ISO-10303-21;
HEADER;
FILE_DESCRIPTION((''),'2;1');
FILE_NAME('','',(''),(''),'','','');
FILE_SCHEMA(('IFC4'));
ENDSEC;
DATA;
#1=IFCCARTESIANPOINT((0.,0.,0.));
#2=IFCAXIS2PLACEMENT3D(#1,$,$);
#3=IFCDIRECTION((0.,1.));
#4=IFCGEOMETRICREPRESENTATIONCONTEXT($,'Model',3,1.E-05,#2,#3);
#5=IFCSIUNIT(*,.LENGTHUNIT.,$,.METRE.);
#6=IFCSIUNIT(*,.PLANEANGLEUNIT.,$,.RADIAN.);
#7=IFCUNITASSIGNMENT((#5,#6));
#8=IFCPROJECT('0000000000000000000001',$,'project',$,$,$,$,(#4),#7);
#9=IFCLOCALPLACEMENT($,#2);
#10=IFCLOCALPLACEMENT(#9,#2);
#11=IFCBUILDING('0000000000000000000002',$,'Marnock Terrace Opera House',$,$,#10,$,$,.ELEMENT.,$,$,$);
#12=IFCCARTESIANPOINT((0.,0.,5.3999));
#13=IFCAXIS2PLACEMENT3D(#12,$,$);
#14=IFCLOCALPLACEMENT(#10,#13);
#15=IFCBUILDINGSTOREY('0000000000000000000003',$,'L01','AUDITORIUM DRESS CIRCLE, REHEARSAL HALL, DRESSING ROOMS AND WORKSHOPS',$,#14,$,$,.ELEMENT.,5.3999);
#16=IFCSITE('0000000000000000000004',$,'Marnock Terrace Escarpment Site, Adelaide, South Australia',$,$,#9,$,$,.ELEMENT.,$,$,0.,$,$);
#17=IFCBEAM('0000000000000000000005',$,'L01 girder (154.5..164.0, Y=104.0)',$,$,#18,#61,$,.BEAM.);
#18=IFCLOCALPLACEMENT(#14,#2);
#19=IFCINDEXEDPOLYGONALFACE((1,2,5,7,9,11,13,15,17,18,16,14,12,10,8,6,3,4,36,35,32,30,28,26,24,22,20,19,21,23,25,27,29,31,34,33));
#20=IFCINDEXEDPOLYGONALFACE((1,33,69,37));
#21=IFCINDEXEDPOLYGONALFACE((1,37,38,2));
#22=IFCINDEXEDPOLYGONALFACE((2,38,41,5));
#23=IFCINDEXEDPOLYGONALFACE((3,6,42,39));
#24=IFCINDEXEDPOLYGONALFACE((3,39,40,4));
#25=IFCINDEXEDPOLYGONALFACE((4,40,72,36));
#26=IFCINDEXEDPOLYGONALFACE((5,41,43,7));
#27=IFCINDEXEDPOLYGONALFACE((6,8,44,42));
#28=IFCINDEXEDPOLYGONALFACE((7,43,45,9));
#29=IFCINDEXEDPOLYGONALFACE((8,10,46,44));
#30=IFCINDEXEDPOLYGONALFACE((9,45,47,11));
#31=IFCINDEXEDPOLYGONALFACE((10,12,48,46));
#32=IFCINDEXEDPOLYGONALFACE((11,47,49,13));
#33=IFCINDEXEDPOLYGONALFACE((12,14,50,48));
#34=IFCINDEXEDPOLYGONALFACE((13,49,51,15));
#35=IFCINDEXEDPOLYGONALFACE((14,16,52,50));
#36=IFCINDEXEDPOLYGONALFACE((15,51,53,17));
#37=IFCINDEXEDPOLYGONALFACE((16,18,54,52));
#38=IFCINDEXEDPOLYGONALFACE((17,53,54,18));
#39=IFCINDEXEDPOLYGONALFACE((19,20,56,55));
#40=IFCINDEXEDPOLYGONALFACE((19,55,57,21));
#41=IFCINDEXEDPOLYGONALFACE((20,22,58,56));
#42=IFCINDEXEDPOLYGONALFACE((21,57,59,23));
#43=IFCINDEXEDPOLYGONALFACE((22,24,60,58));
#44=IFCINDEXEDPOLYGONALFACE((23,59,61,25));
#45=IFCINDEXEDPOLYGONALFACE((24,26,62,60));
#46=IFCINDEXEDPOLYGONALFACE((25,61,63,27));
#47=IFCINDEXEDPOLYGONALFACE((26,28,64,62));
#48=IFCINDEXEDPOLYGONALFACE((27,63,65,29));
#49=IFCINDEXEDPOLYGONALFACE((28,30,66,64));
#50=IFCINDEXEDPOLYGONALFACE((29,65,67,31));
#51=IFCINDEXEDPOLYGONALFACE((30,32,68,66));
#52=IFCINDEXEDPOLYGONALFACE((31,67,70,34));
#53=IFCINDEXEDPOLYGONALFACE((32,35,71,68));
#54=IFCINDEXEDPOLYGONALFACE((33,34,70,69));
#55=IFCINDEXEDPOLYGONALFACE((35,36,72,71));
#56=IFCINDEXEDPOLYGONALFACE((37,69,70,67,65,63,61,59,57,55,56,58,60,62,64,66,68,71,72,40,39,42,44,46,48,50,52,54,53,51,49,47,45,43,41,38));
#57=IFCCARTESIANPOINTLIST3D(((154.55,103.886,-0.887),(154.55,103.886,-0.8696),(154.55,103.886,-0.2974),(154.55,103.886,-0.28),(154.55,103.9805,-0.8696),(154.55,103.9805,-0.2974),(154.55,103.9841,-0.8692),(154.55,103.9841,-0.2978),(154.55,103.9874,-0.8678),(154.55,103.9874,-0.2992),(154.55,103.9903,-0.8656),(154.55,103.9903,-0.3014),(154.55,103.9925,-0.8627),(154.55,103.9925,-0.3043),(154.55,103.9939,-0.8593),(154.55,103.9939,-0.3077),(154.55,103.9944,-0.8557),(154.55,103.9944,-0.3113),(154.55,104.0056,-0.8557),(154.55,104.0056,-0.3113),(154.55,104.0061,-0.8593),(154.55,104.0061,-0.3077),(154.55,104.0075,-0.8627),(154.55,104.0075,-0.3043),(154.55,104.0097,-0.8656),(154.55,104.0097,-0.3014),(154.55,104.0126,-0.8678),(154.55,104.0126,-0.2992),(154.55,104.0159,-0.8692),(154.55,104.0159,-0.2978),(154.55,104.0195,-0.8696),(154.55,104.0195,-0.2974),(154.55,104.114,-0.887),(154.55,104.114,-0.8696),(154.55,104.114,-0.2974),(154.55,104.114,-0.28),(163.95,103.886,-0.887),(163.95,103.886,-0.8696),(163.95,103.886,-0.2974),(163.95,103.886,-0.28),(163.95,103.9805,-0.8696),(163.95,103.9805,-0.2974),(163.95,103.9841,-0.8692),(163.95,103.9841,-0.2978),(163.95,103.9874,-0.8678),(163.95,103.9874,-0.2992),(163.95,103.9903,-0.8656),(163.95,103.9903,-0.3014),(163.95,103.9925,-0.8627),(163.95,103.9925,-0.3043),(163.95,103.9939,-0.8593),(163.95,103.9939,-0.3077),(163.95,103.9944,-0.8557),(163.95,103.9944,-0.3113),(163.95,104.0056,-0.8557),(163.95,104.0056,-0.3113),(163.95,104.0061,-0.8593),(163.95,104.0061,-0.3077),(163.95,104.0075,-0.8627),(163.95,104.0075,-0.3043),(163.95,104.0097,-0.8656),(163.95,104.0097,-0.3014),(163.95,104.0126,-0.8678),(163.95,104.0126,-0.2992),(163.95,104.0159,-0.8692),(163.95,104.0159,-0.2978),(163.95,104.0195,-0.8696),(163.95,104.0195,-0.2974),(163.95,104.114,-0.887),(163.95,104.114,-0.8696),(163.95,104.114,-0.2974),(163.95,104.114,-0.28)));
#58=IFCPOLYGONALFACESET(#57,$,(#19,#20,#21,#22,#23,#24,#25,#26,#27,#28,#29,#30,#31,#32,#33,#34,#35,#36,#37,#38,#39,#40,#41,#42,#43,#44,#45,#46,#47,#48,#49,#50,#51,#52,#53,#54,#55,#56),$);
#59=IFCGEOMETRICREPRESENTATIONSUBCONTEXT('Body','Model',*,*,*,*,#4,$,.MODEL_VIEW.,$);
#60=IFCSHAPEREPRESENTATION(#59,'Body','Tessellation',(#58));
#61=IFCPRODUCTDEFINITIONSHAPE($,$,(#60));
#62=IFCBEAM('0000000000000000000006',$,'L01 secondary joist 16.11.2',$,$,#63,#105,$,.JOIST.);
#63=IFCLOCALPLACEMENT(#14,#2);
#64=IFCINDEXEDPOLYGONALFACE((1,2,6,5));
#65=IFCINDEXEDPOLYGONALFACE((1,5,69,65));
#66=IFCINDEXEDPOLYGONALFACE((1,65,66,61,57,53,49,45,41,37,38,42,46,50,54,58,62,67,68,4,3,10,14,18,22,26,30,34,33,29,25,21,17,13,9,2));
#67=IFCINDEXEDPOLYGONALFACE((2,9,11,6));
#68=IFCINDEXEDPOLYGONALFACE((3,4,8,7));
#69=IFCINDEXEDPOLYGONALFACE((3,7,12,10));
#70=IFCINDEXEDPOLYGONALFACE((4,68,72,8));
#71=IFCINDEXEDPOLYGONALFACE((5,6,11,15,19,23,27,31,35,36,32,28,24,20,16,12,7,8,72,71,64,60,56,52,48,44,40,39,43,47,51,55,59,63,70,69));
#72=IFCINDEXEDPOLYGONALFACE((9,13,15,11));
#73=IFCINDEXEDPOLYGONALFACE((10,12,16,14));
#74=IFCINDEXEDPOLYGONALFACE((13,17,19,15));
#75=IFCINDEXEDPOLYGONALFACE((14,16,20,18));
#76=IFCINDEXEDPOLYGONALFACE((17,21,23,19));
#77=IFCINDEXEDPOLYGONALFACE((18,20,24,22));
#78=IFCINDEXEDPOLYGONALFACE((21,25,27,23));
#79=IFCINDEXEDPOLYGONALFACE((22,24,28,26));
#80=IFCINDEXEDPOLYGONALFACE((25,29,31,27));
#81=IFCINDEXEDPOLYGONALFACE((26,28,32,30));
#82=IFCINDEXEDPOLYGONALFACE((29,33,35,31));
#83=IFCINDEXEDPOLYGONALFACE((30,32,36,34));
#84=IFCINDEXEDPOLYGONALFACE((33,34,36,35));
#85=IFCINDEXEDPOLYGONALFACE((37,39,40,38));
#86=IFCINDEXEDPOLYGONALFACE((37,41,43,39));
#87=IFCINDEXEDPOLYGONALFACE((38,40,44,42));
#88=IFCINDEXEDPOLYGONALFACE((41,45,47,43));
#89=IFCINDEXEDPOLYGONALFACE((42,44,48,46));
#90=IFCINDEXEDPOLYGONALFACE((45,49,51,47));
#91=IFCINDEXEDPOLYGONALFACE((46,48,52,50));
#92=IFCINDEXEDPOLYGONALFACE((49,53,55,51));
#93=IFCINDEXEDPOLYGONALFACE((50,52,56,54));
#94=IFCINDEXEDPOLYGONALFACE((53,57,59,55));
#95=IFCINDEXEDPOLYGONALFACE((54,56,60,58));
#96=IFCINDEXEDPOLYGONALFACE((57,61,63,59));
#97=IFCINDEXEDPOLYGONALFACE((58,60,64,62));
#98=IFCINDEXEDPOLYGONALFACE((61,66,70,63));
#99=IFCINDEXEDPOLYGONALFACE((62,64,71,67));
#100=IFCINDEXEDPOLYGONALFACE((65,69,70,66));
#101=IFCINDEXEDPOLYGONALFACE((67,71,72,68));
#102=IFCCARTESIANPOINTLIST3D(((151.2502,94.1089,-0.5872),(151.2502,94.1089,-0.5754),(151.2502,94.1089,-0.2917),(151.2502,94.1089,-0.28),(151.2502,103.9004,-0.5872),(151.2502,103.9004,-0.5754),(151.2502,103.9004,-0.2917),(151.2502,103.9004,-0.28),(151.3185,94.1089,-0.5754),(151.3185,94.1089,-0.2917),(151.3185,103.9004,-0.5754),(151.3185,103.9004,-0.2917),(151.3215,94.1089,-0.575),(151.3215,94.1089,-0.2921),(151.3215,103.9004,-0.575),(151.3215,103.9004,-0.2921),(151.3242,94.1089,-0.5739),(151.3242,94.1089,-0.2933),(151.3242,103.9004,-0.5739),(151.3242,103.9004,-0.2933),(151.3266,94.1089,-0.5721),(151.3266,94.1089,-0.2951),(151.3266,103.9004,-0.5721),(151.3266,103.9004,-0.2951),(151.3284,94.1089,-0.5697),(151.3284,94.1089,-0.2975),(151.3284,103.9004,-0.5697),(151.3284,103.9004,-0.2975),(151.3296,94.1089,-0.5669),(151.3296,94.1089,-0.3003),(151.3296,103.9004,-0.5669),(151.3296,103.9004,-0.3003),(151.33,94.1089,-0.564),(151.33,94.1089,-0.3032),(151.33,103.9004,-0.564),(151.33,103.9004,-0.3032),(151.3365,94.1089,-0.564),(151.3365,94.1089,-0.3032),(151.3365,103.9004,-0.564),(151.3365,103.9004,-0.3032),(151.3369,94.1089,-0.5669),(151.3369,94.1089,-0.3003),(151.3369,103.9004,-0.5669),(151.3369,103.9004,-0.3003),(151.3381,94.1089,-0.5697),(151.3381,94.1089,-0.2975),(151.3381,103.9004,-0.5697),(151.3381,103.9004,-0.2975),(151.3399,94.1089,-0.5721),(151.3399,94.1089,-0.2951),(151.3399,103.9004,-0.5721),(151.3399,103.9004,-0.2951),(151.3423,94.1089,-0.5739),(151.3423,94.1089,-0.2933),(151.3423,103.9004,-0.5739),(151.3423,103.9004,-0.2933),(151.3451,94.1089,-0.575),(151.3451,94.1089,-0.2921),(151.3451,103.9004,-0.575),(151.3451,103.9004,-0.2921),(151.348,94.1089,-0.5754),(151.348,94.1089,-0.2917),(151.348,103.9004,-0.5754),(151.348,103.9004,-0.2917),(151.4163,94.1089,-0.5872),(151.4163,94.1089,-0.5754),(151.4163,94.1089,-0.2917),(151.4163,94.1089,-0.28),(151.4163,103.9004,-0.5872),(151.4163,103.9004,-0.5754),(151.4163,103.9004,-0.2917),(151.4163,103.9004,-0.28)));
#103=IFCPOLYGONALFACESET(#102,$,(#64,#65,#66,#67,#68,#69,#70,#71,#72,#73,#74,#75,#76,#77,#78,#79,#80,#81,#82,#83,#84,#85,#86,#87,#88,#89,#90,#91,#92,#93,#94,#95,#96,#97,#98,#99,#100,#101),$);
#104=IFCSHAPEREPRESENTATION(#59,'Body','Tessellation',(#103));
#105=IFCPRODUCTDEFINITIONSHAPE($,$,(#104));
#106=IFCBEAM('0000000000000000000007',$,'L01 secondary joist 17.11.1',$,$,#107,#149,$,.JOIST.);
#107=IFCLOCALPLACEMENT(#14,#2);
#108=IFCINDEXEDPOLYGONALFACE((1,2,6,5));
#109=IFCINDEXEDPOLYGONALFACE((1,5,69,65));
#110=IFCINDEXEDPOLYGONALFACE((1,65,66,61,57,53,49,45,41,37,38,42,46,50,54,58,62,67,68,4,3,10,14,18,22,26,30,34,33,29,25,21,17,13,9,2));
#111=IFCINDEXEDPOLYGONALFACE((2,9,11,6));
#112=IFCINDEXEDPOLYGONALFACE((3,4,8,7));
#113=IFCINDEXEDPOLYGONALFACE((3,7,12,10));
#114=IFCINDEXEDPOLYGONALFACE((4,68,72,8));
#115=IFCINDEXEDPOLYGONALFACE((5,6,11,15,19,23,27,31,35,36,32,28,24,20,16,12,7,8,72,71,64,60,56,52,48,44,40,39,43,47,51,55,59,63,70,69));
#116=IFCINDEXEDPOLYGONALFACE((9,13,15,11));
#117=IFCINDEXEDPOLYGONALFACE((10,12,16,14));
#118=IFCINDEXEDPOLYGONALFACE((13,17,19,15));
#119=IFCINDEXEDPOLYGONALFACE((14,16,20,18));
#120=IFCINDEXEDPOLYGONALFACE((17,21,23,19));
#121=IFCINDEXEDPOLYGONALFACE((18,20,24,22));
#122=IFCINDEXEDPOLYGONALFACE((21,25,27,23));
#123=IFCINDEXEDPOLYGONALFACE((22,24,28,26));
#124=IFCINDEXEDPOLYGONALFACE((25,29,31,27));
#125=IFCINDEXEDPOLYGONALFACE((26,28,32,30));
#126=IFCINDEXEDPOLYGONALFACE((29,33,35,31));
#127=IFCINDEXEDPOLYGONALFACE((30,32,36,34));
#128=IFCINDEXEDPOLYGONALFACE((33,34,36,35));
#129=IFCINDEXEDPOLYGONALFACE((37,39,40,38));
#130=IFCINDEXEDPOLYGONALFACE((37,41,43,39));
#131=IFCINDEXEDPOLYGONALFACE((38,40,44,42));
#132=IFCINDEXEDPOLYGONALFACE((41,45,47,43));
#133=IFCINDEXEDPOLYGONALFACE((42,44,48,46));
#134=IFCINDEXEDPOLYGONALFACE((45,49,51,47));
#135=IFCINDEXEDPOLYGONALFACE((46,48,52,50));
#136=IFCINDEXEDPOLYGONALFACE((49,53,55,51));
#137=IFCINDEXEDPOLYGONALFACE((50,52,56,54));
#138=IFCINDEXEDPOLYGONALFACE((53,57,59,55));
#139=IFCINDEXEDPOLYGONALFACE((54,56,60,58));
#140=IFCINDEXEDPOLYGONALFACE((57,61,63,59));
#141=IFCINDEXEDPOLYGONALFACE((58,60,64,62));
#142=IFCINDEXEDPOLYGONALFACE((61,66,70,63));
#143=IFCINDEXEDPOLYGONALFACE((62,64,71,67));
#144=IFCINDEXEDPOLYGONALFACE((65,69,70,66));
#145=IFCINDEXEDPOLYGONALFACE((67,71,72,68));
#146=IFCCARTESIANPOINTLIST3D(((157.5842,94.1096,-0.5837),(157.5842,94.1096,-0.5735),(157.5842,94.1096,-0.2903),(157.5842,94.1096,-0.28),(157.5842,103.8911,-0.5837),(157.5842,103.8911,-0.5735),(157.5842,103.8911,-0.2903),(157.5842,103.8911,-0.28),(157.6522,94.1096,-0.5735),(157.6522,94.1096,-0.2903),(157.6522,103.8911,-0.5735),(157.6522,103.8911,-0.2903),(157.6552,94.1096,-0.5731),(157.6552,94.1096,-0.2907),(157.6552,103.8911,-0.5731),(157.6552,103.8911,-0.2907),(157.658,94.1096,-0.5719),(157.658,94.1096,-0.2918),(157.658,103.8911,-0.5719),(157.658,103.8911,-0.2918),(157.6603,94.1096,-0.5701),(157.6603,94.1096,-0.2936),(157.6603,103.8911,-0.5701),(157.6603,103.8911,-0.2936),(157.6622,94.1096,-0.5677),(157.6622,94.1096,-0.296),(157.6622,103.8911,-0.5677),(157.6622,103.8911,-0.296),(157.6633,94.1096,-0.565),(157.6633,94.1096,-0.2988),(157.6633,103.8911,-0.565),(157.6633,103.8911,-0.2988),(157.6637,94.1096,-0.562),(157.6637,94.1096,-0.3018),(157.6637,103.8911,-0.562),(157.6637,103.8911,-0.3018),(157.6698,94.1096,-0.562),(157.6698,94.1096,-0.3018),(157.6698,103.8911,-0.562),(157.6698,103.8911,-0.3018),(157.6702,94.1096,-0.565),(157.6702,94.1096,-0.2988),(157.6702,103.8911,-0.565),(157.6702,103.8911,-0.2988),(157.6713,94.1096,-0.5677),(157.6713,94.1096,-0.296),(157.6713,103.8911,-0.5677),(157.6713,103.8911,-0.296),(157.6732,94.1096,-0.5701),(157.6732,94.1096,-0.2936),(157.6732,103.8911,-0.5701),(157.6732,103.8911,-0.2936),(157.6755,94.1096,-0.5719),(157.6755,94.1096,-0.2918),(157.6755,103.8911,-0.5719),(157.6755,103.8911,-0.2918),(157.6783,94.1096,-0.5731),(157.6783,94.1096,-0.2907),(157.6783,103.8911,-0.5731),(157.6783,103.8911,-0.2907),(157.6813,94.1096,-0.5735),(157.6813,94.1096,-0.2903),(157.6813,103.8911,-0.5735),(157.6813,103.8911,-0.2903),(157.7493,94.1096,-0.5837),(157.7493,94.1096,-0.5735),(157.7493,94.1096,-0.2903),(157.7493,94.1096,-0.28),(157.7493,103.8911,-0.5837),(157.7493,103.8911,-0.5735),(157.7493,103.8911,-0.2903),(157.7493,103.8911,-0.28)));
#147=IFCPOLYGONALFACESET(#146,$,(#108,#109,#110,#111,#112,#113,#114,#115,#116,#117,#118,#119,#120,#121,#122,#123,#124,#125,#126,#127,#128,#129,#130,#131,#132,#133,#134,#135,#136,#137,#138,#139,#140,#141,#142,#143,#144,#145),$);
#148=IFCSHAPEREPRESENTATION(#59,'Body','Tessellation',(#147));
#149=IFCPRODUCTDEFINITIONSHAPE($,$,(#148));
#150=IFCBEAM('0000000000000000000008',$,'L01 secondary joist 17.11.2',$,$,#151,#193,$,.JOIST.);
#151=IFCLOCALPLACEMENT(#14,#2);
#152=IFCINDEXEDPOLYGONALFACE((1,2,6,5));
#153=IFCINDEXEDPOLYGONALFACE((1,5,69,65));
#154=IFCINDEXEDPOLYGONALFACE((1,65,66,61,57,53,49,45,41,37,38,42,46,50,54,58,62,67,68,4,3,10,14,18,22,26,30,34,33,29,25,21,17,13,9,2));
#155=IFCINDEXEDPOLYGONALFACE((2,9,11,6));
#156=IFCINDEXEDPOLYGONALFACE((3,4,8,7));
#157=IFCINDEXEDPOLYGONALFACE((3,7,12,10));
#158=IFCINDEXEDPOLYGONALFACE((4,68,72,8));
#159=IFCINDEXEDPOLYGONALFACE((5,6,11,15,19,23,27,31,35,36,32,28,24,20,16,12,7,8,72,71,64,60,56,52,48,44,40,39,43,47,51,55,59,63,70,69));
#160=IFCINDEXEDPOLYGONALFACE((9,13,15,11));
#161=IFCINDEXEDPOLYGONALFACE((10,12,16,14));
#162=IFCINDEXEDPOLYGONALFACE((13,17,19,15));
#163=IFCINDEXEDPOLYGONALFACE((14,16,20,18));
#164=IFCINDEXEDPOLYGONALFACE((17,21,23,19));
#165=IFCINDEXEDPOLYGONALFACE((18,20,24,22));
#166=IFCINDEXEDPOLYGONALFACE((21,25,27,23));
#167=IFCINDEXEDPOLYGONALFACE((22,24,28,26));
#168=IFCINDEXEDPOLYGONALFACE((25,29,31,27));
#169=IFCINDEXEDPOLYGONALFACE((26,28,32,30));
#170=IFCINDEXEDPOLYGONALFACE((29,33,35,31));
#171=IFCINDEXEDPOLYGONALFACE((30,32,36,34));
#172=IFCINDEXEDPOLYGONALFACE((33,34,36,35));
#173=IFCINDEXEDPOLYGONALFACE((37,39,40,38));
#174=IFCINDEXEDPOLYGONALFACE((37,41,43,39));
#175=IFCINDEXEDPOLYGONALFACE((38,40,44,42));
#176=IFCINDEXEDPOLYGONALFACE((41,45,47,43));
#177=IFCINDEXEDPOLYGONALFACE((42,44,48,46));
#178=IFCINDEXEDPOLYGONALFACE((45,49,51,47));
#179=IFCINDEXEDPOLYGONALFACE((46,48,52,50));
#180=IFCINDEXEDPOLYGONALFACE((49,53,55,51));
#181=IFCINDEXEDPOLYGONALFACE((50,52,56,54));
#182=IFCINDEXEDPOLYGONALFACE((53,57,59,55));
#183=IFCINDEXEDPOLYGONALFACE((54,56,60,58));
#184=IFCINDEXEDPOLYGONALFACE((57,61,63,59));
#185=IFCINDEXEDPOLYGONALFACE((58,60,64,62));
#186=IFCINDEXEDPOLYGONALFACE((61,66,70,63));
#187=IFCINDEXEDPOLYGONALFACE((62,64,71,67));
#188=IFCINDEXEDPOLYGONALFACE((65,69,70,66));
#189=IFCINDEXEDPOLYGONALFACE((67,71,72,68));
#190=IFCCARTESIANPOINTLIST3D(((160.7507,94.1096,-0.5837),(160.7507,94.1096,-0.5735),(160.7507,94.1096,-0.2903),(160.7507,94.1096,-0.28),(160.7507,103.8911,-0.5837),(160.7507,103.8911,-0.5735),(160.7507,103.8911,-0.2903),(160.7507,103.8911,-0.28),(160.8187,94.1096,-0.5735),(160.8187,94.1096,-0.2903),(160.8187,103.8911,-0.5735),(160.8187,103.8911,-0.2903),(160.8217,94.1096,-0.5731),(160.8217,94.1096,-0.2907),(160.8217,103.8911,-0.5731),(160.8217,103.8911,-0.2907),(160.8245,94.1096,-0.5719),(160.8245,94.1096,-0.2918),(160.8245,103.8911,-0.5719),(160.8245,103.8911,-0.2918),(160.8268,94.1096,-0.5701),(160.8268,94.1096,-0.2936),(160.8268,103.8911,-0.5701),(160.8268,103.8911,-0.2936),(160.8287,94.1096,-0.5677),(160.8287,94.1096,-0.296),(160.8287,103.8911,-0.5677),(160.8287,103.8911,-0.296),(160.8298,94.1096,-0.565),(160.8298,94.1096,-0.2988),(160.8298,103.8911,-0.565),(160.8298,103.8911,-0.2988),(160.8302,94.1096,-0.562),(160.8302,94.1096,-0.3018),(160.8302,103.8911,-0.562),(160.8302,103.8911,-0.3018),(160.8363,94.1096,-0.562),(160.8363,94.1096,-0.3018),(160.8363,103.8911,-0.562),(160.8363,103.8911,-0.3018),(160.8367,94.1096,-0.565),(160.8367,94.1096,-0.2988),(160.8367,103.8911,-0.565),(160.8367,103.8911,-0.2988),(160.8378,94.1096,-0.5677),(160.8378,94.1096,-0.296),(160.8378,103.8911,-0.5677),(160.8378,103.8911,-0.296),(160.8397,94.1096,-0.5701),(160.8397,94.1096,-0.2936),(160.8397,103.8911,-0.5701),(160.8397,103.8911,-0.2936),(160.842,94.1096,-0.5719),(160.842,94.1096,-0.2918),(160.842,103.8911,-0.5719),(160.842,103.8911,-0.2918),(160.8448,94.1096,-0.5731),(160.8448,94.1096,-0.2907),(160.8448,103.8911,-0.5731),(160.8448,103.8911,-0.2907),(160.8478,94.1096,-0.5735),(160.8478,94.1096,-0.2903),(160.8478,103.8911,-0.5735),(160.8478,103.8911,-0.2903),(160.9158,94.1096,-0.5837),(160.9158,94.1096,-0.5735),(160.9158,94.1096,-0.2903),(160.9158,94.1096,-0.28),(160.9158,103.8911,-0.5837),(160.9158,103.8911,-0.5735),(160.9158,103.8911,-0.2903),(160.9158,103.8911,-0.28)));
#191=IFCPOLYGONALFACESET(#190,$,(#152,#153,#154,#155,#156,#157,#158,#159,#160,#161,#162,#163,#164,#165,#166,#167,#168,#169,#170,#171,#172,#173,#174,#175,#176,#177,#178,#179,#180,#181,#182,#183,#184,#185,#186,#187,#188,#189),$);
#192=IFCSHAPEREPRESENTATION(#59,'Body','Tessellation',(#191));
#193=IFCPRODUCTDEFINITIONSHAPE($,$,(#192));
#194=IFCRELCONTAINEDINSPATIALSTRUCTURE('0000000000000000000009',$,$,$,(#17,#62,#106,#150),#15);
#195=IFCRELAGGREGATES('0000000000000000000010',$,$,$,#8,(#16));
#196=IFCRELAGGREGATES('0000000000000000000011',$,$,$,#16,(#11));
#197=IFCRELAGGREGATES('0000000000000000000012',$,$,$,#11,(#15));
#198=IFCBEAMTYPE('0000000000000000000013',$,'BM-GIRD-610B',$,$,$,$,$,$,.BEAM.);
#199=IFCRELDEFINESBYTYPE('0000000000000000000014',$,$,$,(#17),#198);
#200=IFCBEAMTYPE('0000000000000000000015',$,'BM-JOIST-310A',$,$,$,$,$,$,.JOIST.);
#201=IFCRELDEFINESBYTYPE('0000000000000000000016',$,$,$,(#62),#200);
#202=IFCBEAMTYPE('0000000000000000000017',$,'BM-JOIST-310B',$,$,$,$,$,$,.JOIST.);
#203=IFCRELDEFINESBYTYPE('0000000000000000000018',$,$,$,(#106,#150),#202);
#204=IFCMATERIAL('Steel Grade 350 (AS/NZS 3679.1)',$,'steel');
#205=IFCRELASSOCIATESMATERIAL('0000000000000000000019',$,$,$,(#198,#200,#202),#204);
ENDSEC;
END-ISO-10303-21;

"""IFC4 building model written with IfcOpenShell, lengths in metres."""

from ifc_helpers import new_model, si_unit, direction, frame, origin, origin_2d, place, context, subcontext, project, spatial, i_section, extrude, material, material_profile, profile_set, type_object, element, save


model = new_model("IFC4")

# Units and contexts
model_context = context("Model", 3, precision=1e-05, world=origin(), true_north=direction((0.0, 1.0)))
body_context = subcontext(model_context, "Body", "Model", "MODEL_VIEW")
ifc_project = project(units=[si_unit("LENGTHUNIT", "METRE"), si_unit("PLANEANGLEUNIT", "RADIAN")], contexts=[model_context])

# Site, building, storey
site_placement = place(None, origin())
site = spatial("IfcSite", under=ifc_project, at=site_placement, Name="Marnock Terrace Escarpment Site, Adelaide, South Australia", CompositionType="ELEMENT", RefElevation=0.0)
building_placement = place(site_placement, origin())
building = spatial("IfcBuilding", under=site, at=building_placement, Name="Marnock Terrace Opera House", CompositionType="ELEMENT")
storey_placement = place(building_placement, frame((0.0, 0.0, 5.3999)))
storey = spatial("IfcBuildingStorey", under=building, at=storey_placement, Name="L01", Description="AUDITORIUM DRESS CIRCLE, REHEARSAL HALL, DRESSING ROOMS AND WORKSHOPS", CompositionType="ELEMENT", Elevation=5.3999)

# Shared definitions
ifc_material_1 = material(Name="Steel Grade 350 (AS/NZS 3679.1)", Category="steel")

# Beams
ifc_material_profile_1 = material_profile(ifc_material_1, i_section(OverallWidth=0.228, OverallDepth=0.6069, WebThickness=0.0112, FlangeThickness=0.0173, FilletRadius=0.0139, at=origin_2d()))
ifc_profile_set_1 = profile_set([ifc_material_profile_1], Name="Steel Grade 350 (AS/NZS 3679.1)")
beam_type_1 = type_object("IfcBeamType", Name="BM-GIRD-610B", PredefinedType="BEAM", material=ifc_profile_set_1)
beam_1_placement = place(storey_placement, frame((154.55, 104.0, -0.5835), z_axis=(1.0, 0.0, 0.0), x_axis=(0.0, 1.0, 0.0)))
element("IfcBeam", 1, at=beam_1_placement, inside=storey, type_object=beam_type_1, Name="L01 girder (154.5..164.0, Y=104.0)", PredefinedType="BEAM", context=body_context, shape_type="SweptSolid", body=[
    extrude(i_section(OverallWidth=0.228, OverallDepth=0.6069, WebThickness=0.0112, FlangeThickness=0.0173, FilletRadius=0.0139, at=origin_2d()), origin(), (0.0, 0.0, 1.0), 9.3999),
])
ifc_material_profile_2 = material_profile(ifc_material_1, i_section(OverallWidth=0.166, OverallDepth=0.3071, WebThickness=0.0066, FlangeThickness=0.0117, FilletRadius=0.0115, at=origin_2d()))
ifc_profile_set_2 = profile_set([ifc_material_profile_2], Name="Steel Grade 350 (AS/NZS 3679.1)")
beam_type_2 = type_object("IfcBeamType", Name="BM-JOIST-310A", PredefinedType="JOIST", material=ifc_profile_set_2)
beam_2_placement = place(storey_placement, frame((151.3333, 94.1089, -0.4336), z_axis=(0.0, 1.0, 0.0), x_axis=(-1.0, 0.0, 0.0)))
element("IfcBeam", 2, at=beam_2_placement, inside=storey, type_object=beam_type_2, Name="L01 secondary joist 16.11.2", PredefinedType="JOIST", context=body_context, shape_type="SweptSolid", body=[
    extrude(i_section(OverallWidth=0.166, OverallDepth=0.3071, WebThickness=0.0066, FlangeThickness=0.0117, FilletRadius=0.0115, at=origin_2d()), origin(), (0.0, 0.0, 1.0), 9.7915),
])
ifc_material_profile_3 = material_profile(ifc_material_1, i_section(OverallWidth=0.165, OverallDepth=0.3037, WebThickness=0.0061, FlangeThickness=0.0103, FilletRadius=0.0115, at=origin_2d()))
ifc_profile_set_3 = profile_set([ifc_material_profile_3], Name="Steel Grade 350 (AS/NZS 3679.1)")
beam_type_3 = type_object("IfcBeamType", Name="BM-JOIST-310B", PredefinedType="JOIST", material=ifc_profile_set_3)
for number, where, z_axis, x_axis, name in (
    (3, (157.6667, 94.1096, -0.4319), (0.0, 1.0, 0.0), (-1.0, 0.0, 0.0), "L01 secondary joist 17.11.1"),
    (4, (160.8333, 94.1096, -0.4319), (0.0, 1.0, 0.0), (-1.0, 0.0, 0.0), "L01 secondary joist 17.11.2"),
):
    element("IfcBeam", number, at=place(storey_placement, frame(where, z_axis=z_axis, x_axis=x_axis)), inside=storey, type_object=beam_type_3, Name=name, PredefinedType="JOIST", context=body_context, shape_type="SweptSolid", body=[
        extrude(i_section(OverallWidth=0.165, OverallDepth=0.3037, WebThickness=0.0061, FlangeThickness=0.0103, FilletRadius=0.0115, at=origin_2d()), origin(), (0.0, 0.0, 1.0), 9.7815),
    ])

save(model, "model.ifc")
